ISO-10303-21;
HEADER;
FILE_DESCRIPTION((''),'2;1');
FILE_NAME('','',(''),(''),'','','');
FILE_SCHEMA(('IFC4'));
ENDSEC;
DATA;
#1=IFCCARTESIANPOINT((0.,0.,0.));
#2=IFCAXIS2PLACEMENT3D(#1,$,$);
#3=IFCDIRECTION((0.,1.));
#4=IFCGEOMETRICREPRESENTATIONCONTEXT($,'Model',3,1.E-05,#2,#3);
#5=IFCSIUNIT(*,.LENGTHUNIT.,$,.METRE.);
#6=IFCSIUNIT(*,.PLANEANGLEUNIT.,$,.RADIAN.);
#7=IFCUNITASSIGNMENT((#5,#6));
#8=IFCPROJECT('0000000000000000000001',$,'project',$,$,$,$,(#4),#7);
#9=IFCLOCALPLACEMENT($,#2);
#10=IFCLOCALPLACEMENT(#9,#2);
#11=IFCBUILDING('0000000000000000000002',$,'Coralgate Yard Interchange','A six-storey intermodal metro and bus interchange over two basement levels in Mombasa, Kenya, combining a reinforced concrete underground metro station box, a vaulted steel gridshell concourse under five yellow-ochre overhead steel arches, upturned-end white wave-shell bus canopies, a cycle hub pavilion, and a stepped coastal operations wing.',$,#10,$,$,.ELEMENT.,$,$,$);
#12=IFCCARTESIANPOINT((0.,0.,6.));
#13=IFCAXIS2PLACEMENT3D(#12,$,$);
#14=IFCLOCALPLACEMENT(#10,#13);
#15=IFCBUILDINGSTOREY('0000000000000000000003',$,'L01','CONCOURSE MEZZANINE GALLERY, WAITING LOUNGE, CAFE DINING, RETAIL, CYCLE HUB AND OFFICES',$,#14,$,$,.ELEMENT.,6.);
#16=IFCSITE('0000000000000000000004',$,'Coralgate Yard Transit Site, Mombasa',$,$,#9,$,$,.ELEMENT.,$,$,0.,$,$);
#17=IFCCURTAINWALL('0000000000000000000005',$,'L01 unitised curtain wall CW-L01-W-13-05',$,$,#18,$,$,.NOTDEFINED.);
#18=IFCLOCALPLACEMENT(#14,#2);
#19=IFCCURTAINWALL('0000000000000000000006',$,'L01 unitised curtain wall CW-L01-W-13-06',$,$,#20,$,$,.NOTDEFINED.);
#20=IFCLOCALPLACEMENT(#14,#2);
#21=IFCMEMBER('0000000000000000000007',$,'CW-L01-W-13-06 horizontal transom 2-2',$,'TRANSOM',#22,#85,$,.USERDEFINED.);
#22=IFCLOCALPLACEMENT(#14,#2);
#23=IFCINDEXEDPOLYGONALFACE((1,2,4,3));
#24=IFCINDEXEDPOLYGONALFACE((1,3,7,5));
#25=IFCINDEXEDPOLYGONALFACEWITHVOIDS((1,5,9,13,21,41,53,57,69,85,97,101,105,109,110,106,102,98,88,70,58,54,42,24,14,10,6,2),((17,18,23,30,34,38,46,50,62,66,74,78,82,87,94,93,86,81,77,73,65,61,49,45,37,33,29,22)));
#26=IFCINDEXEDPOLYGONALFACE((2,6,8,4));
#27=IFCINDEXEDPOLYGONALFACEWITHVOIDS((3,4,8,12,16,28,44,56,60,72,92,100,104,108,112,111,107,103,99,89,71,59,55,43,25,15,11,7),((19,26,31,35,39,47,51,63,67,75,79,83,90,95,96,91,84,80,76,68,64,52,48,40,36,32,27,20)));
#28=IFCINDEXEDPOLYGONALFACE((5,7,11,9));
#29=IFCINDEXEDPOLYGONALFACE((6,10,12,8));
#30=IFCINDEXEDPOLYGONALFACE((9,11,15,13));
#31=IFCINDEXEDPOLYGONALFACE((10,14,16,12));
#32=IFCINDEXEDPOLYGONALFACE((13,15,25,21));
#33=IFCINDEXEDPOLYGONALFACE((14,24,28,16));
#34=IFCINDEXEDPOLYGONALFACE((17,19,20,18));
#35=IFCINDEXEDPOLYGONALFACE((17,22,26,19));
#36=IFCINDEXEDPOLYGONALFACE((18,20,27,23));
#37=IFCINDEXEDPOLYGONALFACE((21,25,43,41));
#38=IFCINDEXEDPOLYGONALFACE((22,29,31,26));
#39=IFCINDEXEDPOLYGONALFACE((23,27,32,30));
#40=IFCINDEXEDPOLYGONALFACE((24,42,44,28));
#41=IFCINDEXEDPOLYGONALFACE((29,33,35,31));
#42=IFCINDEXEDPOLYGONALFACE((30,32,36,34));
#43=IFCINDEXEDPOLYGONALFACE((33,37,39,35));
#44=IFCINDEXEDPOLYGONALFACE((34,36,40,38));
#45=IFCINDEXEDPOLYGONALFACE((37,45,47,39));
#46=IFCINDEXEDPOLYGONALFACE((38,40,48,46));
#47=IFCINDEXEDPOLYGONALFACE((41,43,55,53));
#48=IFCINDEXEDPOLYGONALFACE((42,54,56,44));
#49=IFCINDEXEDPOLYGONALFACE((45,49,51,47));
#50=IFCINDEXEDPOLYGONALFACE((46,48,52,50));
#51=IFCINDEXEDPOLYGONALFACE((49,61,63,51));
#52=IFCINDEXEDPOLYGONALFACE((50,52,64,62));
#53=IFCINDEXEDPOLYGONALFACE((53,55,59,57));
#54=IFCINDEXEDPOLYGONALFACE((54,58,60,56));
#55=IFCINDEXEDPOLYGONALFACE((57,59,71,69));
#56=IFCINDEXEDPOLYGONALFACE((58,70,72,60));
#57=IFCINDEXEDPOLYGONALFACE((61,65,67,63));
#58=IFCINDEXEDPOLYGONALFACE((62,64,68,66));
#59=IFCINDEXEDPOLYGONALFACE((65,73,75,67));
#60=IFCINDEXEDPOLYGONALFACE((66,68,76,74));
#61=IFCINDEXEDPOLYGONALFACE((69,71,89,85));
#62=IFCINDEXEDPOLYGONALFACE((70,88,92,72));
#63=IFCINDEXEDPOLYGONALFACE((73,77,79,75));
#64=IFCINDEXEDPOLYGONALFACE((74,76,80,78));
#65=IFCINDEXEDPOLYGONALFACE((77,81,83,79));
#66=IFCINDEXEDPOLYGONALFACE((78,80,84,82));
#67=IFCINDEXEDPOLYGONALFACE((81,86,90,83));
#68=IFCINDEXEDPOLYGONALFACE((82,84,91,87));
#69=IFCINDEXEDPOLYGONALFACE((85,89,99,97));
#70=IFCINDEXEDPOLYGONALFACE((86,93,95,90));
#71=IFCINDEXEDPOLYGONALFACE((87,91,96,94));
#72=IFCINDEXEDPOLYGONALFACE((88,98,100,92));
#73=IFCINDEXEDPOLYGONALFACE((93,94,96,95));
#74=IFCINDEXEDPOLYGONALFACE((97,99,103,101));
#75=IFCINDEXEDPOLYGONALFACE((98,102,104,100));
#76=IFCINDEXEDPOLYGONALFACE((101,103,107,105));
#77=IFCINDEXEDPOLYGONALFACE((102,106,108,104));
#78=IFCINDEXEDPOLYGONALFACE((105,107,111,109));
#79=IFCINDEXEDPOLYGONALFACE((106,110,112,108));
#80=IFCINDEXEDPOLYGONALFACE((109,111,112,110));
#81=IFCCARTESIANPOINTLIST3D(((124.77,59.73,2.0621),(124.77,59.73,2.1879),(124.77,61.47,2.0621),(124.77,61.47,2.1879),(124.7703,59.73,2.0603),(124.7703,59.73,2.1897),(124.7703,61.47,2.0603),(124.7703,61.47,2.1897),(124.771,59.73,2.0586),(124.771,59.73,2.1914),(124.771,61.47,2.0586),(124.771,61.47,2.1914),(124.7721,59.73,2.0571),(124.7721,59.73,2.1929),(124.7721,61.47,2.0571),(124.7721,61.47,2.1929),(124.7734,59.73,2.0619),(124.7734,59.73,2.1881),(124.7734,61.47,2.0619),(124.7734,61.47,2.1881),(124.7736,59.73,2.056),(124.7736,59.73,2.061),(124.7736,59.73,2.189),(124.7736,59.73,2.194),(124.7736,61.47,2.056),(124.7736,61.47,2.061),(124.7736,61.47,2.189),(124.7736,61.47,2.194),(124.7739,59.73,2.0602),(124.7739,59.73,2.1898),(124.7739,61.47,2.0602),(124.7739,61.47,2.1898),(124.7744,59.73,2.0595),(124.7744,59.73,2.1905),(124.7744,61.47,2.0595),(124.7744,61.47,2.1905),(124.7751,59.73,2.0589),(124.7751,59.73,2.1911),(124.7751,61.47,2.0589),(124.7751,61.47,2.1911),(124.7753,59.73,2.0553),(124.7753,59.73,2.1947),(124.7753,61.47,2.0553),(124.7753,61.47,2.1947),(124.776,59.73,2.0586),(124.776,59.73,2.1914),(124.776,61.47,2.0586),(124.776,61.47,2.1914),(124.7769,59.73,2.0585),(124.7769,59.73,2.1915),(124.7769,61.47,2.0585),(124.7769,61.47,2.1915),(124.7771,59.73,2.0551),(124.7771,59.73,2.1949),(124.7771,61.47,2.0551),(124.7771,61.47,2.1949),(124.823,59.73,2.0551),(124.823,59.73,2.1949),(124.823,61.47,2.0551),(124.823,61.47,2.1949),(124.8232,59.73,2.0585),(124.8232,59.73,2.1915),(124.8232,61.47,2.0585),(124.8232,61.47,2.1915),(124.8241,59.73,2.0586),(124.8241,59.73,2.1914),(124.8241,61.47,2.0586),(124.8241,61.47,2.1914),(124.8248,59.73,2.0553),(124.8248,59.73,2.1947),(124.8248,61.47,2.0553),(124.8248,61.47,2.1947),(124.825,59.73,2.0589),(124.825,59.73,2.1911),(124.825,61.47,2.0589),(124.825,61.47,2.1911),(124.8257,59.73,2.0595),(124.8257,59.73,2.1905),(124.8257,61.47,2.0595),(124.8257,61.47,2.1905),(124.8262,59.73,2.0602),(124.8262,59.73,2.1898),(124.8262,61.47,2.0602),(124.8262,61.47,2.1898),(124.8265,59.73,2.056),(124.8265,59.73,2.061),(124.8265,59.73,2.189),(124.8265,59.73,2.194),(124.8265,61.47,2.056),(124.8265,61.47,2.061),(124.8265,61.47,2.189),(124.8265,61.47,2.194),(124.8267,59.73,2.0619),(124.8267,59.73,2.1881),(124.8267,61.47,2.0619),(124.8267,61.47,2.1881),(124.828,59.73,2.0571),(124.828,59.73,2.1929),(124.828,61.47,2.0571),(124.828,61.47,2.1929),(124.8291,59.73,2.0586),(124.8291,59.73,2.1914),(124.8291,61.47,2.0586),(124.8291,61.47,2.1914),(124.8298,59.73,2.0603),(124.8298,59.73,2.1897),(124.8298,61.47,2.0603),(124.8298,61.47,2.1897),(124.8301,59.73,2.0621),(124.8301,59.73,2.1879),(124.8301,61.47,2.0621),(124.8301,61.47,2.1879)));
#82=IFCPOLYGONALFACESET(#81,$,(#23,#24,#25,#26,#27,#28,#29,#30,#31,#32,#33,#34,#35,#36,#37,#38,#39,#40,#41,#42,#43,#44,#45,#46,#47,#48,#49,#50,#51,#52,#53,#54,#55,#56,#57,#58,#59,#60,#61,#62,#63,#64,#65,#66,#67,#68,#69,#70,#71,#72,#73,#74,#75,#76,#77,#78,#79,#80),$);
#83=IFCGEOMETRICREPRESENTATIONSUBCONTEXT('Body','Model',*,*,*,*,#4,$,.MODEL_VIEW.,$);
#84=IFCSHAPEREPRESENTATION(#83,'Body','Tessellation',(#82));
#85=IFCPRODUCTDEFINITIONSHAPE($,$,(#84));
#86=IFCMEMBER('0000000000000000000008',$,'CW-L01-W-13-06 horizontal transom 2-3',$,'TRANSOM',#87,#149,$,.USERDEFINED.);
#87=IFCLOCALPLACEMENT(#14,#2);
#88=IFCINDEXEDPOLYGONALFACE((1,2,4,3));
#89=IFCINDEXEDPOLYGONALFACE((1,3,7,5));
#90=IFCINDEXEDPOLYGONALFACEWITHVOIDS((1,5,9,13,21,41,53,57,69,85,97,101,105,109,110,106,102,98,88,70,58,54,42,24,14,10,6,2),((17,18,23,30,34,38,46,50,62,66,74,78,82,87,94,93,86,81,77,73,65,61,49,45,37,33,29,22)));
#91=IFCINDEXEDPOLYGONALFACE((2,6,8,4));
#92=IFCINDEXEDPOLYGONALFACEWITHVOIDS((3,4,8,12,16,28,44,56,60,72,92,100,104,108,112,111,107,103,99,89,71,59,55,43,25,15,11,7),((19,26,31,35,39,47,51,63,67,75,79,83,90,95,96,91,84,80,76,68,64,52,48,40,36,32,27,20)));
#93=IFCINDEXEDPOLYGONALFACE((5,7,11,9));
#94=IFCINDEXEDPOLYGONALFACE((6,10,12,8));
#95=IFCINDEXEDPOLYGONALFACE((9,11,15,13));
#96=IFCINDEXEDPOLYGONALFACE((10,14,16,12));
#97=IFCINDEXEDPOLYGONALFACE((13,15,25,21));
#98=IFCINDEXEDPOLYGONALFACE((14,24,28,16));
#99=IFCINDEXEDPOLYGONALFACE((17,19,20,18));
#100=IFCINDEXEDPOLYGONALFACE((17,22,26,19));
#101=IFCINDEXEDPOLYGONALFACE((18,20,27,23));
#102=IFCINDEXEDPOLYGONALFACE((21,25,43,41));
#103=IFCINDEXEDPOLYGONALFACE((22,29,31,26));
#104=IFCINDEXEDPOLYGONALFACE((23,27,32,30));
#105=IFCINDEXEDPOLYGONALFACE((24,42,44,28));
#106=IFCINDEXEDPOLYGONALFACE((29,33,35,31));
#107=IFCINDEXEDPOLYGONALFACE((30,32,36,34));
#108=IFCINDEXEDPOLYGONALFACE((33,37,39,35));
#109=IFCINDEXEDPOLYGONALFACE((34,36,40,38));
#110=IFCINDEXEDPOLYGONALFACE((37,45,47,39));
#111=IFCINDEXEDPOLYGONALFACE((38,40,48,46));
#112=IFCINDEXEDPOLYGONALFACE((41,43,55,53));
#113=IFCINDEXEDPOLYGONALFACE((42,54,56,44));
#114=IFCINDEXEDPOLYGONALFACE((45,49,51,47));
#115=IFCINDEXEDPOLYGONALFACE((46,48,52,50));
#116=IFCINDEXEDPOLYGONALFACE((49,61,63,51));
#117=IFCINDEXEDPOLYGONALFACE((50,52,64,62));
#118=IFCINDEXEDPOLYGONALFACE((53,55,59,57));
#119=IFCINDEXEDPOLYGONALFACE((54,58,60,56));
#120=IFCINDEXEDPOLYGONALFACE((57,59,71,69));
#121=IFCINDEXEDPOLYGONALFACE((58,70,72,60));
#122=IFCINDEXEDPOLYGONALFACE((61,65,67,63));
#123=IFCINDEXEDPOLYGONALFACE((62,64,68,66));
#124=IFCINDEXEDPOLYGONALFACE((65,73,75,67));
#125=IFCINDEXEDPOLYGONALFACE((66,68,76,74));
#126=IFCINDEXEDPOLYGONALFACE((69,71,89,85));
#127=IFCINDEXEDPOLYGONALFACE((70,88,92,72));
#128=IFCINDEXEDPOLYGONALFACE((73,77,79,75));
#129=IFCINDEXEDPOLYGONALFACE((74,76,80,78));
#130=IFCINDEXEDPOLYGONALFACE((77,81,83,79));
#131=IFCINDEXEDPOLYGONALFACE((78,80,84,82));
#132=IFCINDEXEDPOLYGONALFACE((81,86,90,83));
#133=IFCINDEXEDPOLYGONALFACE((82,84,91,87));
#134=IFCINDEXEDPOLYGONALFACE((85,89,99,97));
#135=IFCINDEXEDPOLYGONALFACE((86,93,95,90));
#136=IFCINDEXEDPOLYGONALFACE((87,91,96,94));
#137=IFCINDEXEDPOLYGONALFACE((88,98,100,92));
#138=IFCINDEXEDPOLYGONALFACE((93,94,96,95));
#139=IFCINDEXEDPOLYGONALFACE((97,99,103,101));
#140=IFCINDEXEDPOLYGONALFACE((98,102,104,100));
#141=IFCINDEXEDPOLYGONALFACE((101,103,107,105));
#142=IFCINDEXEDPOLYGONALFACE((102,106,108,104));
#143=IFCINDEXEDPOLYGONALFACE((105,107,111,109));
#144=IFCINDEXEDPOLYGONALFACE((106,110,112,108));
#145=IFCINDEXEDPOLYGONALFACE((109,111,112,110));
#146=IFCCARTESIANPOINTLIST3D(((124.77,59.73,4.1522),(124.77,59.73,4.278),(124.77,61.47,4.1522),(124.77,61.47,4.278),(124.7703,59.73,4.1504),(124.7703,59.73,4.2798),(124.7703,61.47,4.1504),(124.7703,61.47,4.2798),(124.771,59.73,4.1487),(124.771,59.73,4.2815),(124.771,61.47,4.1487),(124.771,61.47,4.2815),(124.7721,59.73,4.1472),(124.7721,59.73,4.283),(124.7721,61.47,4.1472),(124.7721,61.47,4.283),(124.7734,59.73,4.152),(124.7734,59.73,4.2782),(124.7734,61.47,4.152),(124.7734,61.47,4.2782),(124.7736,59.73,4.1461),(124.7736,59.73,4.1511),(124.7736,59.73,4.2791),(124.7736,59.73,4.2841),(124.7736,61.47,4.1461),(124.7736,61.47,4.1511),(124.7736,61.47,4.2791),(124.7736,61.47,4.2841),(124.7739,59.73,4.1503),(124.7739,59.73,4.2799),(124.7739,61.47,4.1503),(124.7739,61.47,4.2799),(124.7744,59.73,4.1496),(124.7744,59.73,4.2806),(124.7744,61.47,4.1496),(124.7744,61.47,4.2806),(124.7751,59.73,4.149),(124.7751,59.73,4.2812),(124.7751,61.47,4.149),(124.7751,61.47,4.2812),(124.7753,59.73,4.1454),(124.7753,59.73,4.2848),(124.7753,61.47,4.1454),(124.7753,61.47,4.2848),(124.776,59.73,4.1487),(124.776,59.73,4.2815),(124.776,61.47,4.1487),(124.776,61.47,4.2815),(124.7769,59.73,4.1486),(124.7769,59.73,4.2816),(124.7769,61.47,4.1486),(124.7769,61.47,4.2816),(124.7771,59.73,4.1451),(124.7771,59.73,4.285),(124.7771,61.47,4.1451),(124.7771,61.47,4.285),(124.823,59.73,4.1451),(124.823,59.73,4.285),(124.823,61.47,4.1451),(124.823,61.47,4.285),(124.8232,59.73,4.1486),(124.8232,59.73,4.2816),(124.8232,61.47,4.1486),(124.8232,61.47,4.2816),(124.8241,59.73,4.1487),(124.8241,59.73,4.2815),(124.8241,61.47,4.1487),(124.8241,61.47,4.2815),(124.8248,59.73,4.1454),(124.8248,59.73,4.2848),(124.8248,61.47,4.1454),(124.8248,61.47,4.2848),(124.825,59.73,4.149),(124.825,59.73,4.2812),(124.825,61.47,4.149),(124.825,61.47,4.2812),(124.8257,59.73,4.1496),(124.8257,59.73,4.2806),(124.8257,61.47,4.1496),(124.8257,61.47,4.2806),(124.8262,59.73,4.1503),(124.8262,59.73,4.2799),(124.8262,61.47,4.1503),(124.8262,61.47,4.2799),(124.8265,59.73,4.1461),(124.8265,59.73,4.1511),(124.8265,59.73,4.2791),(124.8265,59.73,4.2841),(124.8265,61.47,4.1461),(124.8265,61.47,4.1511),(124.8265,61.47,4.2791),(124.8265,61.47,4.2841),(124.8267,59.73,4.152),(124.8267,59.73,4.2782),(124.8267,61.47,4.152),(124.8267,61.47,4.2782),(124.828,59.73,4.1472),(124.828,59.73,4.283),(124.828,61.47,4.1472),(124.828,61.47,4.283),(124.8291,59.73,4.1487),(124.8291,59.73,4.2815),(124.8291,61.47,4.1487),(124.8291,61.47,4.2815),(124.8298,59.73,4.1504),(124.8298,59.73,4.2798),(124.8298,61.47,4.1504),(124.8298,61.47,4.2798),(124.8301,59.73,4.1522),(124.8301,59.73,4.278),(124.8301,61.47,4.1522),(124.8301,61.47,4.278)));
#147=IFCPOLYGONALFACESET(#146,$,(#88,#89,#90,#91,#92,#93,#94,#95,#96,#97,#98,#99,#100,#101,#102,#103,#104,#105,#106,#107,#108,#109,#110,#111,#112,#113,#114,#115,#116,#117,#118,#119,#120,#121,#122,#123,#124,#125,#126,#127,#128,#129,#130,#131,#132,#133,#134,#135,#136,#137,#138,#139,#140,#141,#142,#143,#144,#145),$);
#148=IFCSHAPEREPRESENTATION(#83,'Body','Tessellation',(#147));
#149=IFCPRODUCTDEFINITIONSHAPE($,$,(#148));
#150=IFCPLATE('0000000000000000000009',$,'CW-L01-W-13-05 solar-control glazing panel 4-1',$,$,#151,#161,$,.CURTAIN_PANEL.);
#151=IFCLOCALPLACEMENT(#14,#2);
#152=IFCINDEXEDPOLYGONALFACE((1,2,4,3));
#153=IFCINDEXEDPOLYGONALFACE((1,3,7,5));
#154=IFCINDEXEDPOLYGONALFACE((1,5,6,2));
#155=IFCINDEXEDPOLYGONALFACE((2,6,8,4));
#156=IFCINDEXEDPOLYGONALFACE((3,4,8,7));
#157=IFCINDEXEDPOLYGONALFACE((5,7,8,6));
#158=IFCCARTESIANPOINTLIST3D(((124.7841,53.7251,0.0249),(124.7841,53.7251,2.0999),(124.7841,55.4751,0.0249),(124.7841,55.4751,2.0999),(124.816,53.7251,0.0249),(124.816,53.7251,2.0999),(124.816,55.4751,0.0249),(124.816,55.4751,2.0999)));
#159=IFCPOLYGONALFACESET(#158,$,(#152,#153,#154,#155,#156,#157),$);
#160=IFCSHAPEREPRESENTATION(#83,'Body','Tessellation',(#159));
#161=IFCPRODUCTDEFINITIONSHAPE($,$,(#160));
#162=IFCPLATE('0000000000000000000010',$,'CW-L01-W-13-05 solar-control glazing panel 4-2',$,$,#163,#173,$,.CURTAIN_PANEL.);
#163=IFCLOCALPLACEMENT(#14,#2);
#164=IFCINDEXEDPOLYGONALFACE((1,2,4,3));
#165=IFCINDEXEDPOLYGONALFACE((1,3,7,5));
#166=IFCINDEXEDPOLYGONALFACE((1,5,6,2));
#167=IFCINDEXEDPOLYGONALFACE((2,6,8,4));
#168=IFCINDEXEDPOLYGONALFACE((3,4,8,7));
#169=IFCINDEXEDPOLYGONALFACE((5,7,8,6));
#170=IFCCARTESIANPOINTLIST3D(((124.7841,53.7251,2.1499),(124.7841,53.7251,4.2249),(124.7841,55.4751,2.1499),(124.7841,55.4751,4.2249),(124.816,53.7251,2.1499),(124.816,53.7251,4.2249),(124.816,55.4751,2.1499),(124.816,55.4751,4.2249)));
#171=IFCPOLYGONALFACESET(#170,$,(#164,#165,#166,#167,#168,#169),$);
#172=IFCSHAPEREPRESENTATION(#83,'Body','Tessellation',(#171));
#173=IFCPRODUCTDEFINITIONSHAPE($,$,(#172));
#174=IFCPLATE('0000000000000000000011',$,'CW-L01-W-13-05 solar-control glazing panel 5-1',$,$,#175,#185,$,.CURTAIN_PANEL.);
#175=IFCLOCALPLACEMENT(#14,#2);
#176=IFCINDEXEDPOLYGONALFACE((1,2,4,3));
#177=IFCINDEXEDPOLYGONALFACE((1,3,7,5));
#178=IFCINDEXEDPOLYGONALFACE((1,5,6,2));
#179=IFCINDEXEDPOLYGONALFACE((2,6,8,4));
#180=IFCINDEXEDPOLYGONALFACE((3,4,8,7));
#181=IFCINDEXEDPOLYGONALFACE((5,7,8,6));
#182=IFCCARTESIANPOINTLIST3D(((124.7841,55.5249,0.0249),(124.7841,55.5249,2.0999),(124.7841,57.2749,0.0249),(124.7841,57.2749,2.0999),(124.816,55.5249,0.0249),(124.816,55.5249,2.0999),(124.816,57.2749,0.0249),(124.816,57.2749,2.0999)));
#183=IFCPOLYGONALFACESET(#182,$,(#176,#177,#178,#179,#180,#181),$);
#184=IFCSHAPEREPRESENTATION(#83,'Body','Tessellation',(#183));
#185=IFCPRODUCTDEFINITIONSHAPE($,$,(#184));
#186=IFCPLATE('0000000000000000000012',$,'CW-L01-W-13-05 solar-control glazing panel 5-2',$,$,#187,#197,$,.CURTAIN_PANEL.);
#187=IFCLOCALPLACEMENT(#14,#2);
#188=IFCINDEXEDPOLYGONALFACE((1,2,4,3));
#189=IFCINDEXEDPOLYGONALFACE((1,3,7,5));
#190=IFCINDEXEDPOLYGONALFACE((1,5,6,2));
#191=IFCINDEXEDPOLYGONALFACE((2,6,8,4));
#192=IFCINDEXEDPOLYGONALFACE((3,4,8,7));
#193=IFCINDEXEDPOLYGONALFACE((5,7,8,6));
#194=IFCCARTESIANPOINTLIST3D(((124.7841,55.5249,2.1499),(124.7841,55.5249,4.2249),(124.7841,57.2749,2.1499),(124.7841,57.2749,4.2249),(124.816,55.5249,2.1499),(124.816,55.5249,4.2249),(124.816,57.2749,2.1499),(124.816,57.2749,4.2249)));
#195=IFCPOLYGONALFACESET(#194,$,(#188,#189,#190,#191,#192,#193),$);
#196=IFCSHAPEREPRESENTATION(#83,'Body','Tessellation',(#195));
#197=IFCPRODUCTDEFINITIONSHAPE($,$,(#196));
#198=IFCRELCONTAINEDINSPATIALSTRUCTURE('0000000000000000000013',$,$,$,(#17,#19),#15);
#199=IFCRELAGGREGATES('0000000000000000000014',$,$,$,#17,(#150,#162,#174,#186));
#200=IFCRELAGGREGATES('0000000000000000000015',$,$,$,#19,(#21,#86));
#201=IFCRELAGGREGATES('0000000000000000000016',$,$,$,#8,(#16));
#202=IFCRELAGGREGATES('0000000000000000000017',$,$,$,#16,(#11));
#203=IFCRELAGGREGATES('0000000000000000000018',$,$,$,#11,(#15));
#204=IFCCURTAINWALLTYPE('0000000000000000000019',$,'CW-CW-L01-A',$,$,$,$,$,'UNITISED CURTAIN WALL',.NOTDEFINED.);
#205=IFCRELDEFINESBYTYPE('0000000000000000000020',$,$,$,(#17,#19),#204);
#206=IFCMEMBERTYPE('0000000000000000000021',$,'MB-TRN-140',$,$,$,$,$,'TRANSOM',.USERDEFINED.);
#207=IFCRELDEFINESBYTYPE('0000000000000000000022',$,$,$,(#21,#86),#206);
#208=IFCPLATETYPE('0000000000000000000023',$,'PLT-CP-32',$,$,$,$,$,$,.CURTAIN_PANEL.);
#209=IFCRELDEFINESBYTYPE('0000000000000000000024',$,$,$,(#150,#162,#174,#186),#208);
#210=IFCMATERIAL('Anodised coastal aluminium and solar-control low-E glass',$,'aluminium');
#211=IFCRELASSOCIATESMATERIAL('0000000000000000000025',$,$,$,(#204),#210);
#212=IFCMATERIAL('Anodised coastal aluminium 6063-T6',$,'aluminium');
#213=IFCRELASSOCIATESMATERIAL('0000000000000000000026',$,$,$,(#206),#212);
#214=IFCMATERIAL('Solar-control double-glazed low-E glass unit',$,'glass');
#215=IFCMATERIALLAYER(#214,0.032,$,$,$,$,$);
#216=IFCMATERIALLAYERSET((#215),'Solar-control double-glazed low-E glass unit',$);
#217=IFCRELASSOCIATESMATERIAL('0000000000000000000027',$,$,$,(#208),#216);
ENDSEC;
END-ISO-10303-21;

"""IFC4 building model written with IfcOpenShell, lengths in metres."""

from ifc_helpers import new_model, si_unit, direction, frame, origin, origin_2d, place, context, subcontext, project, spatial, rectangle, hollow_rectangle, extrude, material, layer, layer_set, material_profile, profile_set, type_object, element, aggregate, save


model = new_model("IFC4")

# Units and contexts
model_context = context("Model", 3, precision=1e-05, world=origin(), true_north=direction((0.0, 1.0)))
body_context = subcontext(model_context, "Body", "Model", "MODEL_VIEW")
ifc_project = project(units=[si_unit("LENGTHUNIT", "METRE"), si_unit("PLANEANGLEUNIT", "RADIAN")], contexts=[model_context])

# Site, building, storey
site_placement = place(None, origin())
site = spatial("IfcSite", under=ifc_project, at=site_placement, Name="Coralgate Yard Transit Site, Mombasa", CompositionType="ELEMENT", RefElevation=0.0)
building_placement = place(site_placement, origin())
building = spatial("IfcBuilding", under=site, at=building_placement, Name="Coralgate Yard Interchange", Description="A six-storey intermodal metro and bus interchange over two basement levels in Mombasa, Kenya, combining a reinforced concrete underground metro station box, a vaulted steel gridshell concourse under five yellow-ochre overhead steel arches, upturned-end white wave-shell bus canopies, a cycle hub pavilion, and a stepped coastal operations wing.", CompositionType="ELEMENT")
storey_placement = place(building_placement, frame((0.0, 0.0, 6.0)))
storey = spatial("IfcBuildingStorey", under=building, at=storey_placement, Name="L01", Description="CONCOURSE MEZZANINE GALLERY, WAITING LOUNGE, CAFE DINING, RETAIL, CYCLE HUB AND OFFICES", CompositionType="ELEMENT", Elevation=6.0)

# Curtain walls
ifc_material_1 = material(Name="Anodised coastal aluminium and solar-control low-E glass", Category="aluminium")
curtain_wall_type = type_object("IfcCurtainWallType", Name="CW-CW-L01-A", ElementType="UNITISED CURTAIN WALL", PredefinedType="NOTDEFINED", material=ifc_material_1)
curtain_wall_1_placement = place(storey_placement, origin())
curtain_wall_1 = element("IfcCurtainWall", 1, at=curtain_wall_1_placement, inside=storey, type_object=curtain_wall_type, Name="L01 unitised curtain wall CW-L01-W-13-05", PredefinedType="NOTDEFINED")
ifc_material_2 = material(Name="Anodised coastal aluminium 6063-T6", Category="aluminium")
curtain_wall_2_placement = place(storey_placement, origin())
curtain_wall_2 = element("IfcCurtainWall", 2, at=curtain_wall_2_placement, inside=storey, type_object=curtain_wall_type, Name="L01 unitised curtain wall CW-L01-W-13-06", PredefinedType="NOTDEFINED")

# Members
ifc_material_profile_1 = material_profile(ifc_material_2, hollow_rectangle(XDim=0.0601, YDim=0.1399, WallThickness=0.0034, InnerFilletRadius=0.0034, OuterFilletRadius=0.0071, at=origin_2d()), Name="ALU 60x140x3.5")
ifc_profile_set_1 = profile_set([ifc_material_profile_1], Name="Anodised coastal aluminium 6063-T6")
member_type_1 = type_object("IfcMemberType", Name="MB-TRN-140", ElementType="TRANSOM", PredefinedType="USERDEFINED", material=ifc_profile_set_1)
member_1_placement = place(storey_placement, frame((124.8, 59.73, 2.125), z_axis=(0.0, 1.0, 0.0), x_axis=(-1.0, 0.0, 0.0)))
member_1 = element("IfcMember", 3, at=member_1_placement, type_object=member_type_1, Name="CW-L01-W-13-06 horizontal transom 2-2", ObjectType="TRANSOM", PredefinedType="USERDEFINED", context=body_context, shape_type="SweptSolid", body=[
    extrude(hollow_rectangle(XDim=0.0601, YDim=0.1399, WallThickness=0.0034, InnerFilletRadius=0.0034, OuterFilletRadius=0.0071, at=origin_2d()), origin(), (0.0, 0.0, 1.0), 1.74),
])
member_2_placement = place(storey_placement, frame((124.8, 59.73, 4.2151), z_axis=(0.0, 1.0, 0.0), x_axis=(-1.0, 0.0, 0.0)))
member_2 = element("IfcMember", 4, at=member_2_placement, type_object=member_type_1, Name="CW-L01-W-13-06 horizontal transom 2-3", ObjectType="TRANSOM", PredefinedType="USERDEFINED", context=body_context, shape_type="SweptSolid", body=[
    extrude(hollow_rectangle(XDim=0.0601, YDim=0.1399, WallThickness=0.0034, InnerFilletRadius=0.0034, OuterFilletRadius=0.0071, at=origin_2d()), origin(), (0.0, 0.0, 1.0), 1.74),
])

# Plates
ifc_material_3 = material(Name="Solar-control double-glazed low-E glass unit", Category="glass")
ifc_layer = layer(ifc_material_3, 0.032)
ifc_layer_set = layer_set([ifc_layer], Name="Solar-control double-glazed low-E glass unit")
plate_type = type_object("IfcPlateType", Name="PLT-CP-32", PredefinedType="CURTAIN_PANEL", material=ifc_layer_set)
plate_1_placement = place(storey_placement, frame((124.8, 54.6001, 0.0249), z_axis=(0.0, 0.0, 1.0), x_axis=(0.0, 1.0, 0.0)))
plate_1 = element("IfcPlate", 5, at=plate_1_placement, type_object=plate_type, Name="CW-L01-W-13-05 solar-control glazing panel 4-1", PredefinedType="CURTAIN_PANEL", context=body_context, shape_type="SweptSolid", body=[
    extrude(rectangle(XDim=1.75, YDim=0.032, at=origin_2d()), origin(), (0.0, 0.0, 1.0), 2.075),
])
plate_2_placement = place(storey_placement, frame((124.8, 54.6001, 2.1499), z_axis=(0.0, 0.0, 1.0), x_axis=(0.0, 1.0, 0.0)))
plate_2 = element("IfcPlate", 6, at=plate_2_placement, type_object=plate_type, Name="CW-L01-W-13-05 solar-control glazing panel 4-2", PredefinedType="CURTAIN_PANEL", context=body_context, shape_type="SweptSolid", body=[
    extrude(rectangle(XDim=1.75, YDim=0.032, at=origin_2d()), origin(), (0.0, 0.0, 1.0), 2.075),
])
plate_3_placement = place(storey_placement, frame((124.8, 56.3999, 0.0249), z_axis=(0.0, 0.0, 1.0), x_axis=(0.0, 1.0, 0.0)))
plate_3 = element("IfcPlate", 7, at=plate_3_placement, type_object=plate_type, Name="CW-L01-W-13-05 solar-control glazing panel 5-1", PredefinedType="CURTAIN_PANEL", context=body_context, shape_type="SweptSolid", body=[
    extrude(rectangle(XDim=1.75, YDim=0.032, at=origin_2d()), origin(), (0.0, 0.0, 1.0), 2.075),
])
plate_4_placement = place(storey_placement, frame((124.8, 56.3999, 2.1499), z_axis=(0.0, 0.0, 1.0), x_axis=(0.0, 1.0, 0.0)))
plate_4 = element("IfcPlate", 8, at=plate_4_placement, type_object=plate_type, Name="CW-L01-W-13-05 solar-control glazing panel 5-2", PredefinedType="CURTAIN_PANEL", context=body_context, shape_type="SweptSolid", body=[
    extrude(rectangle(XDim=1.75, YDim=0.032, at=origin_2d()), origin(), (0.0, 0.0, 1.0), 2.075),
])
aggregate(curtain_wall_1, [plate_1, plate_2, plate_3, plate_4])
aggregate(curtain_wall_2, [member_1, member_2])

save(model, "model.ifc")
